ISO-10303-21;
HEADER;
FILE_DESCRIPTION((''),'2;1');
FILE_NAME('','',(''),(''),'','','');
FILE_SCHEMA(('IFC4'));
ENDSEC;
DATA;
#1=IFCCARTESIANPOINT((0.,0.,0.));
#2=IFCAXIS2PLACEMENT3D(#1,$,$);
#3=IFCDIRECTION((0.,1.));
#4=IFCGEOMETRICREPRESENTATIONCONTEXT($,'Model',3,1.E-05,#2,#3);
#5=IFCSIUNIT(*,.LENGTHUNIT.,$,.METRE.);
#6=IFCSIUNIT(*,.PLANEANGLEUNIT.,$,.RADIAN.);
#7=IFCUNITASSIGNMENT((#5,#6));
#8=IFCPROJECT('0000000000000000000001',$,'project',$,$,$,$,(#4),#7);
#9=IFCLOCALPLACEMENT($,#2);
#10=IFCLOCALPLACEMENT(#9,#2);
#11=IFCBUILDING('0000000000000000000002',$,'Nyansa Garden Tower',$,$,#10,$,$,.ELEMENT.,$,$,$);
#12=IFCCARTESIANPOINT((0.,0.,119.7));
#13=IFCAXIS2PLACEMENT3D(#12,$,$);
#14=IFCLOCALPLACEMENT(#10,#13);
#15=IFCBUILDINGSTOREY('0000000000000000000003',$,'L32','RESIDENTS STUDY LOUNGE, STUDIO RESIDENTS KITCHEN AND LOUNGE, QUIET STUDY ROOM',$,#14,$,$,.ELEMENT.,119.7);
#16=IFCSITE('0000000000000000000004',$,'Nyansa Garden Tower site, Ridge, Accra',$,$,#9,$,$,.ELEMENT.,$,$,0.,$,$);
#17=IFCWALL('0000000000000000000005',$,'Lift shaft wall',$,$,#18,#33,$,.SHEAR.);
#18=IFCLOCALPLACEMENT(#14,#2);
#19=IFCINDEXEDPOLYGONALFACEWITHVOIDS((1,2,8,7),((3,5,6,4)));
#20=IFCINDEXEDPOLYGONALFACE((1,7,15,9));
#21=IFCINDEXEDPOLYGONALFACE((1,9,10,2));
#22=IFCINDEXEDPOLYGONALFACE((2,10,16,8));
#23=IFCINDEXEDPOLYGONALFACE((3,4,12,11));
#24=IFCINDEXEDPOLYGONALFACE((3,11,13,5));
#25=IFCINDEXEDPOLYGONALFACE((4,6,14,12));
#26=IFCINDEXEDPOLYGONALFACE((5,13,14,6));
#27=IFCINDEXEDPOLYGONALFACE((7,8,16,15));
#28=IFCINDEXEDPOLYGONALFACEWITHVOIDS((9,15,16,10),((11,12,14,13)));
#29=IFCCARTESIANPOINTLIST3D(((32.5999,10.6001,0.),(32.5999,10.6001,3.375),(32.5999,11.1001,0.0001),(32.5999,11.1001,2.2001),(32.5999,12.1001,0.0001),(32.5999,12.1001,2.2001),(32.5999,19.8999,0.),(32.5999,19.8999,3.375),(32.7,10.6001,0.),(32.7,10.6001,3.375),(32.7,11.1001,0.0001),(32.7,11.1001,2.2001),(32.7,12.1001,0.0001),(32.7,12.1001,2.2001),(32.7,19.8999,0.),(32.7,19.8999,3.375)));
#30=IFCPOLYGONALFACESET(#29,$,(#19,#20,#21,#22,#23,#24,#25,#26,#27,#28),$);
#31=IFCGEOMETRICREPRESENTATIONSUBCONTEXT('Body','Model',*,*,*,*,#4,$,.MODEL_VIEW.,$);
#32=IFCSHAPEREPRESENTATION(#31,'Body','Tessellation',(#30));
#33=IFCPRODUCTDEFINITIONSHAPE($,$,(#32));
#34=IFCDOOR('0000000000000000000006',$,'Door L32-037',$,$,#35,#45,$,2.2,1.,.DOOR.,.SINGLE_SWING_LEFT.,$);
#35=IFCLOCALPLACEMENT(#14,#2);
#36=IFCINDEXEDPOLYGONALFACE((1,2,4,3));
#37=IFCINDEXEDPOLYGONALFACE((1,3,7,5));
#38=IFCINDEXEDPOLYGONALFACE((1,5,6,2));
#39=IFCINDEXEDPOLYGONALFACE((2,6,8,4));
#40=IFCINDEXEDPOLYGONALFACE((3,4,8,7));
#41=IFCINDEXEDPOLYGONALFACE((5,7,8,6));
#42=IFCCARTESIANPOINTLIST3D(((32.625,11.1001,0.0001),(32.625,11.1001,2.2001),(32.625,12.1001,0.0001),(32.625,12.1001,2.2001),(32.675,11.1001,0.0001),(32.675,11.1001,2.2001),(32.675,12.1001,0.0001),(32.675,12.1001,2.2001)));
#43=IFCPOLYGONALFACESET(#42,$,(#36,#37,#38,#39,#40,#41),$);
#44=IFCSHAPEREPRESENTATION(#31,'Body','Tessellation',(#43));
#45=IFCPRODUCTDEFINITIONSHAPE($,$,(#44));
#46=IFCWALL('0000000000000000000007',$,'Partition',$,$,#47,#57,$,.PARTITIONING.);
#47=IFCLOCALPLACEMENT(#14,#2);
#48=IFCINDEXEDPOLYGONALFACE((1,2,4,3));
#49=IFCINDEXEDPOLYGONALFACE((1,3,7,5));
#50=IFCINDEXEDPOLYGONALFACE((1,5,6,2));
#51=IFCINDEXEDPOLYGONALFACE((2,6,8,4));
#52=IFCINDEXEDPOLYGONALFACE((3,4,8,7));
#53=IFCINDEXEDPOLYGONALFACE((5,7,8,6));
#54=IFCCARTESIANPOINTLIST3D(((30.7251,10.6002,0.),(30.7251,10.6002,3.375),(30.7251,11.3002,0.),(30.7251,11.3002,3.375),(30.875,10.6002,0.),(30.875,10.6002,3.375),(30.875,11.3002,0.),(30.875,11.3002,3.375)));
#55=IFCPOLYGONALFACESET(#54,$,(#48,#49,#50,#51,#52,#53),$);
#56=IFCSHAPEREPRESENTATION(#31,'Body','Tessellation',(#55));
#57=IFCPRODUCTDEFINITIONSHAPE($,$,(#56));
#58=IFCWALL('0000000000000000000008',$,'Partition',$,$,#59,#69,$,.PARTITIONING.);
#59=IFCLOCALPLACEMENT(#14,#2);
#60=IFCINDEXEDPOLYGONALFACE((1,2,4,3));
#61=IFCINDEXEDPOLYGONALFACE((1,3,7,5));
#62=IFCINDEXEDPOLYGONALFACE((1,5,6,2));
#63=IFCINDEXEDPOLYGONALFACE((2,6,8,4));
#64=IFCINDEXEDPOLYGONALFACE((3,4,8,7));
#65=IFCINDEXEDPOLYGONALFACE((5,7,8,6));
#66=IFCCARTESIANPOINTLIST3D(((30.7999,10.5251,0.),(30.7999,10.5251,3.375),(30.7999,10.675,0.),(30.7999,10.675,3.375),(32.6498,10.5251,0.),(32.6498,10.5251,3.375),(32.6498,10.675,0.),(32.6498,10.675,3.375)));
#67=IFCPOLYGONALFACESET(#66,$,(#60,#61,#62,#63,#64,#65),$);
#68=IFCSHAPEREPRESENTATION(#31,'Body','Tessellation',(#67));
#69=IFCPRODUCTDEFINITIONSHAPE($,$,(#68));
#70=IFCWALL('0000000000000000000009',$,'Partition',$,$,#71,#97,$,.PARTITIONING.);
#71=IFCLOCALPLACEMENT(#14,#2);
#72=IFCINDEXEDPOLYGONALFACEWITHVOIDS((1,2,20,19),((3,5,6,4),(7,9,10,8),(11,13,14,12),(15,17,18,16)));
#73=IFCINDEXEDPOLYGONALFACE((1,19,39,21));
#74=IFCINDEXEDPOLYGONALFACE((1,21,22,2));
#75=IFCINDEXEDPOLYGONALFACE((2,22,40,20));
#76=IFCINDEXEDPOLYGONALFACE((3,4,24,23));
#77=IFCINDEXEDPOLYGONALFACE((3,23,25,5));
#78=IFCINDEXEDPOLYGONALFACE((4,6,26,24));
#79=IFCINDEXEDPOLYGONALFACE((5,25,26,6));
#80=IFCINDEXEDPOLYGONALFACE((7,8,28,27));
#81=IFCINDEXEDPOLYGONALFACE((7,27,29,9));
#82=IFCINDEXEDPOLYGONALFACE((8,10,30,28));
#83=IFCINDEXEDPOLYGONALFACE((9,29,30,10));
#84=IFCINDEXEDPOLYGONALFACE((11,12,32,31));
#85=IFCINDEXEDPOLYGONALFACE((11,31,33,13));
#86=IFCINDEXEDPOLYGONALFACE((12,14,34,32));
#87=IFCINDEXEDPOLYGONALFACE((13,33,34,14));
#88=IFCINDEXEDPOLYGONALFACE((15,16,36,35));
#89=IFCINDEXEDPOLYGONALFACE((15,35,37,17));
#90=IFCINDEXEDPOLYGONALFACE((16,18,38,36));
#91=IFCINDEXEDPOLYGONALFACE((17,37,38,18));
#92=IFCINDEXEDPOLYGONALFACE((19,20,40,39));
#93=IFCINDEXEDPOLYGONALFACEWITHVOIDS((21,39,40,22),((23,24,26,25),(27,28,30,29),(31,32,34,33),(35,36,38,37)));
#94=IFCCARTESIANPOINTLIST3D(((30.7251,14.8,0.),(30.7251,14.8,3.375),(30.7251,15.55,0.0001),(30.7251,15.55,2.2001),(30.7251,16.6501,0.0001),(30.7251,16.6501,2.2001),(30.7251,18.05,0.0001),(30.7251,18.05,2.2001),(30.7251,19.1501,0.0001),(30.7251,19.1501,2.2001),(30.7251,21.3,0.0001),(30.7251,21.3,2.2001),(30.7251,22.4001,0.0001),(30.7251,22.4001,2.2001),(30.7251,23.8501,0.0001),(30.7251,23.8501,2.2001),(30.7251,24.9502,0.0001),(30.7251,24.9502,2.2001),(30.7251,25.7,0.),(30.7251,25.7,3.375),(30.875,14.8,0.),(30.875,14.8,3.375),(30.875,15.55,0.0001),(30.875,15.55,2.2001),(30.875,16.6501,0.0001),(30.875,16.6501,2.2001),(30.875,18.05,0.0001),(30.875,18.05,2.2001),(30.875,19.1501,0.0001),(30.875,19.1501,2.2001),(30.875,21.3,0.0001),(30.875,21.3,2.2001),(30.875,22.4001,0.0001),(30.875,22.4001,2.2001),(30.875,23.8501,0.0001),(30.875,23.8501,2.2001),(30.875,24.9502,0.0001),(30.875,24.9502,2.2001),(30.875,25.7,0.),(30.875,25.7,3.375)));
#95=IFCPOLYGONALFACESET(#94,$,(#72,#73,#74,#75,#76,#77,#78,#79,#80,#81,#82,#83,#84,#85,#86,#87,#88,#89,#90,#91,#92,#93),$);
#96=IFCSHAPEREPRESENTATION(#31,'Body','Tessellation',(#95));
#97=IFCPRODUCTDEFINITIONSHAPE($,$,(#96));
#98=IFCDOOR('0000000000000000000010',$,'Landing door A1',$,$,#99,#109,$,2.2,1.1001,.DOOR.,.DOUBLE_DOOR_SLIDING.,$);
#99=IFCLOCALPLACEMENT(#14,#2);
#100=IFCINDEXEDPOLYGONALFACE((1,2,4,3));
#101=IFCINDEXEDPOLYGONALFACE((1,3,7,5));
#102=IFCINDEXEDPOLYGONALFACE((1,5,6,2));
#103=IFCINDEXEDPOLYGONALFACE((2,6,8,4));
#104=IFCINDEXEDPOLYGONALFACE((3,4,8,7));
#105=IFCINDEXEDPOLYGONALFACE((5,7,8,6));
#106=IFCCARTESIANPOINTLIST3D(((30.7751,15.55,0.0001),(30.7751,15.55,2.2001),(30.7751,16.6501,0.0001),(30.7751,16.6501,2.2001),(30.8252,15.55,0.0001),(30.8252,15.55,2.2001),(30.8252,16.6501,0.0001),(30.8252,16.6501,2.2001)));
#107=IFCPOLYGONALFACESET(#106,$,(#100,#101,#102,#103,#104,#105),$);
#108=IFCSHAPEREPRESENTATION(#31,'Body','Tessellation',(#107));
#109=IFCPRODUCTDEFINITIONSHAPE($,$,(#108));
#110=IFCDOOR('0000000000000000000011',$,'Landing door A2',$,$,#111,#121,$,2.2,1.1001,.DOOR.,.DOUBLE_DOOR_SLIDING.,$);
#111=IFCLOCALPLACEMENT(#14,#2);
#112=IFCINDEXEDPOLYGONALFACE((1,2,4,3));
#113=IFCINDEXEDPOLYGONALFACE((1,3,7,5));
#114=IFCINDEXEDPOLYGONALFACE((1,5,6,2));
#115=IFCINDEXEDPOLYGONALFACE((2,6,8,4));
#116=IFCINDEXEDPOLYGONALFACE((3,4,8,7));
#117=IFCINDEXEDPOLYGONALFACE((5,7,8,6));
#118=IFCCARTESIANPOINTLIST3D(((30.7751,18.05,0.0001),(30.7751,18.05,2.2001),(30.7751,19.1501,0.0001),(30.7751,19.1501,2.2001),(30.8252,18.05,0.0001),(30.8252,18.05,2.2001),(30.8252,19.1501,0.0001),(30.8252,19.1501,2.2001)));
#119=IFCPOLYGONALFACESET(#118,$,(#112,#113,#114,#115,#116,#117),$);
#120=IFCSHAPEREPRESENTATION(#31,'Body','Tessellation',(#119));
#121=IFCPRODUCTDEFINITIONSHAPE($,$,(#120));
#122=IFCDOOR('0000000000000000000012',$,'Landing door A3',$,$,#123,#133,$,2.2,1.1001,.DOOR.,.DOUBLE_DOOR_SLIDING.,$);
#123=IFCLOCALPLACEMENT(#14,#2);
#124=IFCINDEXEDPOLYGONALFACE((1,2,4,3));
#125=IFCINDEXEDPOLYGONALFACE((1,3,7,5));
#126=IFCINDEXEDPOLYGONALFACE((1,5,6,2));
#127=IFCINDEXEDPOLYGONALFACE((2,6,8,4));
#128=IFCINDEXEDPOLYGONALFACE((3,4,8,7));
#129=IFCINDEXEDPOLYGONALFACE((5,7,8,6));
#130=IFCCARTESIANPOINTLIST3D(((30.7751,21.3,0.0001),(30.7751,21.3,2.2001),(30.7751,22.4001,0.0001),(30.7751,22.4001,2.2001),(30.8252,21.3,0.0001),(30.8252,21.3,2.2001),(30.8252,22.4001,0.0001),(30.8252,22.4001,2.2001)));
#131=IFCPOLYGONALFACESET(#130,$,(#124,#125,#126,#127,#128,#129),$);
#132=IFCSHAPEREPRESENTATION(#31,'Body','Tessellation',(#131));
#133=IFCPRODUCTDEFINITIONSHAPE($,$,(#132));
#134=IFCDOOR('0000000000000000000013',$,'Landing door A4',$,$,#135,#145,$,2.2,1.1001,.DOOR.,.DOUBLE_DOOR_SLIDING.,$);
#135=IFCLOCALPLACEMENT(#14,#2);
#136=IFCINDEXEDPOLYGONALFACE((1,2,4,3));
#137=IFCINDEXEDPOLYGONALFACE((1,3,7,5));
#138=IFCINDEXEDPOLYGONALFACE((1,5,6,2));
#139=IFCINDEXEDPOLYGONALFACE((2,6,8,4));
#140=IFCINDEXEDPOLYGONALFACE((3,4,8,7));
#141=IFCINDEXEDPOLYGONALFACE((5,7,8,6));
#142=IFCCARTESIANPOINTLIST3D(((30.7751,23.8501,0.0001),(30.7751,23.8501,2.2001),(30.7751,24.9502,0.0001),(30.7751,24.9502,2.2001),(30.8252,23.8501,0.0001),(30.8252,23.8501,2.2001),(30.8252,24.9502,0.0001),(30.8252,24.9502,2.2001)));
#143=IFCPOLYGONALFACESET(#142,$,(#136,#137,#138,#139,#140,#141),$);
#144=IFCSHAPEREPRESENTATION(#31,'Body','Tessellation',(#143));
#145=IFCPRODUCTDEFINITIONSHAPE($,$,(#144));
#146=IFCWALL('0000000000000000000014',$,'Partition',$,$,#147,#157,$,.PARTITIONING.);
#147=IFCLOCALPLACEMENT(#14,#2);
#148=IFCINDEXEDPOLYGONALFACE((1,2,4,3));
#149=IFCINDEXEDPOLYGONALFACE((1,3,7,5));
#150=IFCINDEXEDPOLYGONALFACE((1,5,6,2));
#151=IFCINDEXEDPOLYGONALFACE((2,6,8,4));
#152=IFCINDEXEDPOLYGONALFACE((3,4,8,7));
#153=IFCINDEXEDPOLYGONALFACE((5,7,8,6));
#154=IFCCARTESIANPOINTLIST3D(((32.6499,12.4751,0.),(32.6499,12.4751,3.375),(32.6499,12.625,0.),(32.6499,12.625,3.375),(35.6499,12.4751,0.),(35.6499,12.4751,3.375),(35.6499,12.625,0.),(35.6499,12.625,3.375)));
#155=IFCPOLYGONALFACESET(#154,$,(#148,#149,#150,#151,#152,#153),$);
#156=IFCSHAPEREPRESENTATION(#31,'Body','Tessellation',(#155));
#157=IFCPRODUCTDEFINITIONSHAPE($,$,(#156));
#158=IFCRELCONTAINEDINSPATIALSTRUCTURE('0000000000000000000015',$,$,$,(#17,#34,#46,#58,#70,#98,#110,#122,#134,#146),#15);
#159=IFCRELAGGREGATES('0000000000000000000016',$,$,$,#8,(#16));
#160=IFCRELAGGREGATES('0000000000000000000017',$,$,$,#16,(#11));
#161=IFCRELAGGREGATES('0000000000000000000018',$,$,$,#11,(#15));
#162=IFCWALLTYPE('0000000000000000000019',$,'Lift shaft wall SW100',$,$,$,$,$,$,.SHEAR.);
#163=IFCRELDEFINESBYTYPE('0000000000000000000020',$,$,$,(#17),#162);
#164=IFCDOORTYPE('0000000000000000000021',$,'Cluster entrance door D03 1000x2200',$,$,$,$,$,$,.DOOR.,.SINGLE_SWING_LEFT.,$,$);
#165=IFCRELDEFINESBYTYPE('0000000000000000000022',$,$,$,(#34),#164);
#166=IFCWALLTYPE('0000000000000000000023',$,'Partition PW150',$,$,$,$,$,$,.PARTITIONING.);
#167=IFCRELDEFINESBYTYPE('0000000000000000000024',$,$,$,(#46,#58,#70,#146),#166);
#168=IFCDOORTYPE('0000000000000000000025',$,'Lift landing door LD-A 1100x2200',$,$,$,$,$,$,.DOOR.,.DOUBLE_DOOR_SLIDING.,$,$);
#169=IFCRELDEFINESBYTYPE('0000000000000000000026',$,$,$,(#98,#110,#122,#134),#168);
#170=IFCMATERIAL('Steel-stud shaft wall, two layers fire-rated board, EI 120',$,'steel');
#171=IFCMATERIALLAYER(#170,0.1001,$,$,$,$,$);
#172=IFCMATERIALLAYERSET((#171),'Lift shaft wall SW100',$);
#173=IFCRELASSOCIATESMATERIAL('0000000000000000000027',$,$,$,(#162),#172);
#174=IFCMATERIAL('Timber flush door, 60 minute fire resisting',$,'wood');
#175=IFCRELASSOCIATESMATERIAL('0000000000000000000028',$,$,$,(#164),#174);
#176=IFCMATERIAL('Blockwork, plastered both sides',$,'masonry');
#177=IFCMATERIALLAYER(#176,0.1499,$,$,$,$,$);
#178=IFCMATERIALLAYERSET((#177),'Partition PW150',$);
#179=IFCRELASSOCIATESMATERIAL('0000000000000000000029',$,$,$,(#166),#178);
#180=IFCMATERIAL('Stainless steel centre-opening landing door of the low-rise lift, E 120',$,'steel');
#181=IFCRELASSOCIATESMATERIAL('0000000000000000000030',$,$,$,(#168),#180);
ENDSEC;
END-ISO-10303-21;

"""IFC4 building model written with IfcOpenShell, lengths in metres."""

from ifc_helpers import new_model, si_unit, direction, frame, frame_2d, origin, place, context, subcontext, project, spatial, rectangle, extrude, material, layer, layer_set, type_object, element, fill, save


model = new_model("IFC4")

# Units and contexts
model_context = context("Model", 3, precision=1e-05, world=origin(), true_north=direction((0.0, 1.0)))
body_context = subcontext(model_context, "Body", "Model", "MODEL_VIEW")
ifc_project = project(units=[si_unit("LENGTHUNIT", "METRE"), si_unit("PLANEANGLEUNIT", "RADIAN")], contexts=[model_context])

# Site, building, storey
site_placement = place(None, origin())
site = spatial("IfcSite", under=ifc_project, at=site_placement, Name="Nyansa Garden Tower site, Ridge, Accra", CompositionType="ELEMENT", RefElevation=0.0)
building_placement = place(site_placement, origin())
building = spatial("IfcBuilding", under=site, at=building_placement, Name="Nyansa Garden Tower", CompositionType="ELEMENT")
storey_placement = place(building_placement, frame((0.0, 0.0, 119.7)))
storey = spatial("IfcBuildingStorey", under=building, at=storey_placement, Name="L32", Description="RESIDENTS STUDY LOUNGE, STUDIO RESIDENTS KITCHEN AND LOUNGE, QUIET STUDY ROOM", CompositionType="ELEMENT", Elevation=119.7)

# Shared definitions
ifc_material_1 = material(Name="Steel-stud shaft wall, two layers fire-rated board, EI 120", Category="steel")
ifc_layer_1 = layer(ifc_material_1, 0.1001)
ifc_layer_set_1 = layer_set([ifc_layer_1], Name="Lift shaft wall SW100")
wall_type_1 = type_object("IfcWallType", Name="Lift shaft wall SW100", PredefinedType="SHEAR", material=ifc_layer_set_1)

# Wall, opening, door
wall_1_placement = place(storey_placement, frame((32.6499, 10.6001, 0.0), z_axis=(0.0, 0.0, 1.0), x_axis=(0.0, 1.0, 0.0)))
wall_1 = element("IfcWall", 1, at=wall_1_placement, inside=storey, type_object=wall_type_1, Name="Lift shaft wall", PredefinedType="SHEAR", context=body_context, shape_type="SweptSolid", body=[
    extrude(rectangle(XDim=9.2998, YDim=0.1001, at=frame_2d((4.6499, 0.0))), origin(), (0.0, 0.0, 1.0), 3.375),
])
opening_1_placement = place(wall_1_placement, frame((0.5, 0.0, 0.0)))
opening_1 = element("IfcOpeningElement", 2, at=opening_1_placement, cuts=wall_1, PredefinedType="OPENING", context=body_context, shape_type="SweptSolid", body=[
    extrude(rectangle(XDim=1.0, YDim=2.2, at=frame_2d((0.5, 1.1001))), frame((0.0, 0.0601, 0.0), z_axis=(0.0, -1.0, 0.0), x_axis=(1.0, 0.0, 0.0)), (0.0, 0.0, 1.0), 0.1201),
])
ifc_material_2 = material(Name="Timber flush door, 60 minute fire resisting", Category="wood")
door_type_1 = type_object("IfcDoorType", Name="Cluster entrance door D03 1000x2200", OperationType="SINGLE_SWING_LEFT", PredefinedType="DOOR", material=ifc_material_2)
door_1_placement = place(opening_1_placement, origin())
door_1 = element("IfcDoor", 3, at=door_1_placement, inside=storey, type_object=door_type_1, Name="Door L32-037", OperationType="SINGLE_SWING_LEFT", OverallHeight=2.2, OverallWidth=1.0, PredefinedType="DOOR", context=body_context, shape_type="SweptSolid", body=[
    extrude(rectangle(XDim=1.0, YDim=2.2, at=frame_2d((0.5, 1.1001))), frame((0.0, 0.0249, 0.0), z_axis=(0.0, -1.0, 0.0), x_axis=(1.0, 0.0, 0.0)), (0.0, 0.0, 1.0), 0.05),
])
fill(opening_1, door_1)

# Walls
ifc_material_3 = material(Name="Blockwork, plastered both sides", Category="masonry")
ifc_layer_2 = layer(ifc_material_3, 0.1499)
ifc_layer_set_2 = layer_set([ifc_layer_2], Name="Partition PW150")
wall_type_2 = type_object("IfcWallType", Name="Partition PW150", PredefinedType="PARTITIONING", material=ifc_layer_set_2)
wall_2_placement = place(storey_placement, frame((30.8, 10.6001, 0.0), z_axis=(0.0, 0.0, 1.0), x_axis=(0.0, 1.0, 0.0)))
element("IfcWall", 4, at=wall_2_placement, inside=storey, type_object=wall_type_2, Name="Partition", PredefinedType="PARTITIONING", context=body_context, shape_type="SweptSolid", body=[
    extrude(rectangle(XDim=0.7, YDim=0.1499, at=frame_2d((0.3501, 0.0))), origin(), (0.0, 0.0, 1.0), 3.375),
])
wall_3_placement = place(storey_placement, frame((30.8, 10.6001, 0.0), z_axis=(0.0, 0.0, 1.0), x_axis=(1.0, 0.0, 0.0)))
element("IfcWall", 5, at=wall_3_placement, inside=storey, type_object=wall_type_2, Name="Partition", PredefinedType="PARTITIONING", context=body_context, shape_type="SweptSolid", body=[
    extrude(rectangle(XDim=1.8499, YDim=0.1499, at=frame_2d((0.9248, 0.0))), origin(), (0.0, 0.0, 1.0), 3.375),
])

# Wall, openings, doors
wall_4_placement = place(storey_placement, frame((30.8, 14.8, 0.0), z_axis=(0.0, 0.0, 1.0), x_axis=(0.0, 1.0, 0.0)))
wall_4 = element("IfcWall", 6, at=wall_4_placement, inside=storey, type_object=wall_type_2, Name="Partition", PredefinedType="PARTITIONING", context=body_context, shape_type="SweptSolid", body=[
    extrude(rectangle(XDim=10.8999, YDim=0.1499, at=frame_2d((5.45, 0.0))), origin(), (0.0, 0.0, 1.0), 3.375),
])
opening_2_placement = place(wall_4_placement, frame((0.75, 0.0, 0.0)))
opening_2 = element("IfcOpeningElement", 7, at=opening_2_placement, cuts=wall_4, PredefinedType="OPENING", context=body_context, shape_type="SweptSolid", body=[
    extrude(rectangle(XDim=1.1001, YDim=2.2, at=frame_2d((0.55, 1.1001))), frame((0.0, 0.085, 0.0), z_axis=(0.0, -1.0, 0.0), x_axis=(1.0, 0.0, 0.0)), (0.0, 0.0, 1.0), 0.1699),
])
opening_3_placement = place(wall_4_placement, frame((3.25, 0.0, 0.0)))
opening_3 = element("IfcOpeningElement", 8, at=opening_3_placement, cuts=wall_4, PredefinedType="OPENING", context=body_context, shape_type="SweptSolid", body=[
    extrude(rectangle(XDim=1.1001, YDim=2.2, at=frame_2d((0.55, 1.1001))), frame((0.0, 0.085, 0.0), z_axis=(0.0, -1.0, 0.0), x_axis=(1.0, 0.0, 0.0)), (0.0, 0.0, 1.0), 0.1699),
])
opening_4_placement = place(wall_4_placement, frame((6.5, 0.0, 0.0)))
opening_4 = element("IfcOpeningElement", 9, at=opening_4_placement, cuts=wall_4, PredefinedType="OPENING", context=body_context, shape_type="SweptSolid", body=[
    extrude(rectangle(XDim=1.1001, YDim=2.2, at=frame_2d((0.55, 1.1001))), frame((0.0, 0.085, 0.0), z_axis=(0.0, -1.0, 0.0), x_axis=(1.0, 0.0, 0.0)), (0.0, 0.0, 1.0), 0.1699),
])
opening_5_placement = place(wall_4_placement, frame((9.05, 0.0, 0.0)))
opening_5 = element("IfcOpeningElement", 10, at=opening_5_placement, cuts=wall_4, PredefinedType="OPENING", context=body_context, shape_type="SweptSolid", body=[
    extrude(rectangle(XDim=1.1001, YDim=2.2, at=frame_2d((0.55, 1.1001))), frame((0.0, 0.085, 0.0), z_axis=(0.0, -1.0, 0.0), x_axis=(1.0, 0.0, 0.0)), (0.0, 0.0, 1.0), 0.1699),
])
ifc_material_4 = material(Name="Stainless steel centre-opening landing door of the low-rise lift, E 120", Category="steel")
door_type_2 = type_object("IfcDoorType", Name="Lift landing door LD-A 1100x2200", OperationType="DOUBLE_DOOR_SLIDING", PredefinedType="DOOR", material=ifc_material_4)
door_2_placement = place(opening_2_placement, origin())
door_2 = element("IfcDoor", 11, at=door_2_placement, inside=storey, type_object=door_type_2, Name="Landing door A1", OperationType="DOUBLE_DOOR_SLIDING", OverallHeight=2.2, OverallWidth=1.1001, PredefinedType="DOOR", context=body_context, shape_type="SweptSolid", body=[
    extrude(rectangle(XDim=1.1001, YDim=2.2, at=frame_2d((0.55, 1.1001))), frame((0.0, 0.0249, 0.0), z_axis=(0.0, -1.0, 0.0), x_axis=(1.0, 0.0, 0.0)), (0.0, 0.0, 1.0), 0.05),
])
fill(opening_2, door_2)
door_3_placement = place(opening_3_placement, origin())
door_3 = element("IfcDoor", 12, at=door_3_placement, inside=storey, type_object=door_type_2, Name="Landing door A2", OperationType="DOUBLE_DOOR_SLIDING", OverallHeight=2.2, OverallWidth=1.1001, PredefinedType="DOOR", context=body_context, shape_type="SweptSolid", body=[
    extrude(rectangle(XDim=1.1001, YDim=2.2, at=frame_2d((0.55, 1.1001))), frame((0.0, 0.0249, 0.0), z_axis=(0.0, -1.0, 0.0), x_axis=(1.0, 0.0, 0.0)), (0.0, 0.0, 1.0), 0.05),
])
fill(opening_3, door_3)
door_4_placement = place(opening_4_placement, origin())
door_4 = element("IfcDoor", 13, at=door_4_placement, inside=storey, type_object=door_type_2, Name="Landing door A3", OperationType="DOUBLE_DOOR_SLIDING", OverallHeight=2.2, OverallWidth=1.1001, PredefinedType="DOOR", context=body_context, shape_type="SweptSolid", body=[
    extrude(rectangle(XDim=1.1001, YDim=2.2, at=frame_2d((0.55, 1.1001))), frame((0.0, 0.0249, 0.0), z_axis=(0.0, -1.0, 0.0), x_axis=(1.0, 0.0, 0.0)), (0.0, 0.0, 1.0), 0.05),
])
fill(opening_4, door_4)
door_5_placement = place(opening_5_placement, origin())
door_5 = element("IfcDoor", 14, at=door_5_placement, inside=storey, type_object=door_type_2, Name="Landing door A4", OperationType="DOUBLE_DOOR_SLIDING", OverallHeight=2.2, OverallWidth=1.1001, PredefinedType="DOOR", context=body_context, shape_type="SweptSolid", body=[
    extrude(rectangle(XDim=1.1001, YDim=2.2, at=frame_2d((0.55, 1.1001))), frame((0.0, 0.0249, 0.0), z_axis=(0.0, -1.0, 0.0), x_axis=(1.0, 0.0, 0.0)), (0.0, 0.0, 1.0), 0.05),
])
fill(opening_5, door_5)

# Wall
wall_5_placement = place(storey_placement, frame((32.6499, 12.55, 0.0), z_axis=(0.0, 0.0, 1.0), x_axis=(1.0, 0.0, 0.0)))
element("IfcWall", 15, at=wall_5_placement, inside=storey, type_object=wall_type_2, Name="Partition", PredefinedType="PARTITIONING", context=body_context, shape_type="SweptSolid", body=[
    extrude(rectangle(XDim=3.0, YDim=0.1499, at=frame_2d((1.5, 0.0))), origin(), (0.0, 0.0, 1.0), 3.375),
])

save(model, "model.ifc")
